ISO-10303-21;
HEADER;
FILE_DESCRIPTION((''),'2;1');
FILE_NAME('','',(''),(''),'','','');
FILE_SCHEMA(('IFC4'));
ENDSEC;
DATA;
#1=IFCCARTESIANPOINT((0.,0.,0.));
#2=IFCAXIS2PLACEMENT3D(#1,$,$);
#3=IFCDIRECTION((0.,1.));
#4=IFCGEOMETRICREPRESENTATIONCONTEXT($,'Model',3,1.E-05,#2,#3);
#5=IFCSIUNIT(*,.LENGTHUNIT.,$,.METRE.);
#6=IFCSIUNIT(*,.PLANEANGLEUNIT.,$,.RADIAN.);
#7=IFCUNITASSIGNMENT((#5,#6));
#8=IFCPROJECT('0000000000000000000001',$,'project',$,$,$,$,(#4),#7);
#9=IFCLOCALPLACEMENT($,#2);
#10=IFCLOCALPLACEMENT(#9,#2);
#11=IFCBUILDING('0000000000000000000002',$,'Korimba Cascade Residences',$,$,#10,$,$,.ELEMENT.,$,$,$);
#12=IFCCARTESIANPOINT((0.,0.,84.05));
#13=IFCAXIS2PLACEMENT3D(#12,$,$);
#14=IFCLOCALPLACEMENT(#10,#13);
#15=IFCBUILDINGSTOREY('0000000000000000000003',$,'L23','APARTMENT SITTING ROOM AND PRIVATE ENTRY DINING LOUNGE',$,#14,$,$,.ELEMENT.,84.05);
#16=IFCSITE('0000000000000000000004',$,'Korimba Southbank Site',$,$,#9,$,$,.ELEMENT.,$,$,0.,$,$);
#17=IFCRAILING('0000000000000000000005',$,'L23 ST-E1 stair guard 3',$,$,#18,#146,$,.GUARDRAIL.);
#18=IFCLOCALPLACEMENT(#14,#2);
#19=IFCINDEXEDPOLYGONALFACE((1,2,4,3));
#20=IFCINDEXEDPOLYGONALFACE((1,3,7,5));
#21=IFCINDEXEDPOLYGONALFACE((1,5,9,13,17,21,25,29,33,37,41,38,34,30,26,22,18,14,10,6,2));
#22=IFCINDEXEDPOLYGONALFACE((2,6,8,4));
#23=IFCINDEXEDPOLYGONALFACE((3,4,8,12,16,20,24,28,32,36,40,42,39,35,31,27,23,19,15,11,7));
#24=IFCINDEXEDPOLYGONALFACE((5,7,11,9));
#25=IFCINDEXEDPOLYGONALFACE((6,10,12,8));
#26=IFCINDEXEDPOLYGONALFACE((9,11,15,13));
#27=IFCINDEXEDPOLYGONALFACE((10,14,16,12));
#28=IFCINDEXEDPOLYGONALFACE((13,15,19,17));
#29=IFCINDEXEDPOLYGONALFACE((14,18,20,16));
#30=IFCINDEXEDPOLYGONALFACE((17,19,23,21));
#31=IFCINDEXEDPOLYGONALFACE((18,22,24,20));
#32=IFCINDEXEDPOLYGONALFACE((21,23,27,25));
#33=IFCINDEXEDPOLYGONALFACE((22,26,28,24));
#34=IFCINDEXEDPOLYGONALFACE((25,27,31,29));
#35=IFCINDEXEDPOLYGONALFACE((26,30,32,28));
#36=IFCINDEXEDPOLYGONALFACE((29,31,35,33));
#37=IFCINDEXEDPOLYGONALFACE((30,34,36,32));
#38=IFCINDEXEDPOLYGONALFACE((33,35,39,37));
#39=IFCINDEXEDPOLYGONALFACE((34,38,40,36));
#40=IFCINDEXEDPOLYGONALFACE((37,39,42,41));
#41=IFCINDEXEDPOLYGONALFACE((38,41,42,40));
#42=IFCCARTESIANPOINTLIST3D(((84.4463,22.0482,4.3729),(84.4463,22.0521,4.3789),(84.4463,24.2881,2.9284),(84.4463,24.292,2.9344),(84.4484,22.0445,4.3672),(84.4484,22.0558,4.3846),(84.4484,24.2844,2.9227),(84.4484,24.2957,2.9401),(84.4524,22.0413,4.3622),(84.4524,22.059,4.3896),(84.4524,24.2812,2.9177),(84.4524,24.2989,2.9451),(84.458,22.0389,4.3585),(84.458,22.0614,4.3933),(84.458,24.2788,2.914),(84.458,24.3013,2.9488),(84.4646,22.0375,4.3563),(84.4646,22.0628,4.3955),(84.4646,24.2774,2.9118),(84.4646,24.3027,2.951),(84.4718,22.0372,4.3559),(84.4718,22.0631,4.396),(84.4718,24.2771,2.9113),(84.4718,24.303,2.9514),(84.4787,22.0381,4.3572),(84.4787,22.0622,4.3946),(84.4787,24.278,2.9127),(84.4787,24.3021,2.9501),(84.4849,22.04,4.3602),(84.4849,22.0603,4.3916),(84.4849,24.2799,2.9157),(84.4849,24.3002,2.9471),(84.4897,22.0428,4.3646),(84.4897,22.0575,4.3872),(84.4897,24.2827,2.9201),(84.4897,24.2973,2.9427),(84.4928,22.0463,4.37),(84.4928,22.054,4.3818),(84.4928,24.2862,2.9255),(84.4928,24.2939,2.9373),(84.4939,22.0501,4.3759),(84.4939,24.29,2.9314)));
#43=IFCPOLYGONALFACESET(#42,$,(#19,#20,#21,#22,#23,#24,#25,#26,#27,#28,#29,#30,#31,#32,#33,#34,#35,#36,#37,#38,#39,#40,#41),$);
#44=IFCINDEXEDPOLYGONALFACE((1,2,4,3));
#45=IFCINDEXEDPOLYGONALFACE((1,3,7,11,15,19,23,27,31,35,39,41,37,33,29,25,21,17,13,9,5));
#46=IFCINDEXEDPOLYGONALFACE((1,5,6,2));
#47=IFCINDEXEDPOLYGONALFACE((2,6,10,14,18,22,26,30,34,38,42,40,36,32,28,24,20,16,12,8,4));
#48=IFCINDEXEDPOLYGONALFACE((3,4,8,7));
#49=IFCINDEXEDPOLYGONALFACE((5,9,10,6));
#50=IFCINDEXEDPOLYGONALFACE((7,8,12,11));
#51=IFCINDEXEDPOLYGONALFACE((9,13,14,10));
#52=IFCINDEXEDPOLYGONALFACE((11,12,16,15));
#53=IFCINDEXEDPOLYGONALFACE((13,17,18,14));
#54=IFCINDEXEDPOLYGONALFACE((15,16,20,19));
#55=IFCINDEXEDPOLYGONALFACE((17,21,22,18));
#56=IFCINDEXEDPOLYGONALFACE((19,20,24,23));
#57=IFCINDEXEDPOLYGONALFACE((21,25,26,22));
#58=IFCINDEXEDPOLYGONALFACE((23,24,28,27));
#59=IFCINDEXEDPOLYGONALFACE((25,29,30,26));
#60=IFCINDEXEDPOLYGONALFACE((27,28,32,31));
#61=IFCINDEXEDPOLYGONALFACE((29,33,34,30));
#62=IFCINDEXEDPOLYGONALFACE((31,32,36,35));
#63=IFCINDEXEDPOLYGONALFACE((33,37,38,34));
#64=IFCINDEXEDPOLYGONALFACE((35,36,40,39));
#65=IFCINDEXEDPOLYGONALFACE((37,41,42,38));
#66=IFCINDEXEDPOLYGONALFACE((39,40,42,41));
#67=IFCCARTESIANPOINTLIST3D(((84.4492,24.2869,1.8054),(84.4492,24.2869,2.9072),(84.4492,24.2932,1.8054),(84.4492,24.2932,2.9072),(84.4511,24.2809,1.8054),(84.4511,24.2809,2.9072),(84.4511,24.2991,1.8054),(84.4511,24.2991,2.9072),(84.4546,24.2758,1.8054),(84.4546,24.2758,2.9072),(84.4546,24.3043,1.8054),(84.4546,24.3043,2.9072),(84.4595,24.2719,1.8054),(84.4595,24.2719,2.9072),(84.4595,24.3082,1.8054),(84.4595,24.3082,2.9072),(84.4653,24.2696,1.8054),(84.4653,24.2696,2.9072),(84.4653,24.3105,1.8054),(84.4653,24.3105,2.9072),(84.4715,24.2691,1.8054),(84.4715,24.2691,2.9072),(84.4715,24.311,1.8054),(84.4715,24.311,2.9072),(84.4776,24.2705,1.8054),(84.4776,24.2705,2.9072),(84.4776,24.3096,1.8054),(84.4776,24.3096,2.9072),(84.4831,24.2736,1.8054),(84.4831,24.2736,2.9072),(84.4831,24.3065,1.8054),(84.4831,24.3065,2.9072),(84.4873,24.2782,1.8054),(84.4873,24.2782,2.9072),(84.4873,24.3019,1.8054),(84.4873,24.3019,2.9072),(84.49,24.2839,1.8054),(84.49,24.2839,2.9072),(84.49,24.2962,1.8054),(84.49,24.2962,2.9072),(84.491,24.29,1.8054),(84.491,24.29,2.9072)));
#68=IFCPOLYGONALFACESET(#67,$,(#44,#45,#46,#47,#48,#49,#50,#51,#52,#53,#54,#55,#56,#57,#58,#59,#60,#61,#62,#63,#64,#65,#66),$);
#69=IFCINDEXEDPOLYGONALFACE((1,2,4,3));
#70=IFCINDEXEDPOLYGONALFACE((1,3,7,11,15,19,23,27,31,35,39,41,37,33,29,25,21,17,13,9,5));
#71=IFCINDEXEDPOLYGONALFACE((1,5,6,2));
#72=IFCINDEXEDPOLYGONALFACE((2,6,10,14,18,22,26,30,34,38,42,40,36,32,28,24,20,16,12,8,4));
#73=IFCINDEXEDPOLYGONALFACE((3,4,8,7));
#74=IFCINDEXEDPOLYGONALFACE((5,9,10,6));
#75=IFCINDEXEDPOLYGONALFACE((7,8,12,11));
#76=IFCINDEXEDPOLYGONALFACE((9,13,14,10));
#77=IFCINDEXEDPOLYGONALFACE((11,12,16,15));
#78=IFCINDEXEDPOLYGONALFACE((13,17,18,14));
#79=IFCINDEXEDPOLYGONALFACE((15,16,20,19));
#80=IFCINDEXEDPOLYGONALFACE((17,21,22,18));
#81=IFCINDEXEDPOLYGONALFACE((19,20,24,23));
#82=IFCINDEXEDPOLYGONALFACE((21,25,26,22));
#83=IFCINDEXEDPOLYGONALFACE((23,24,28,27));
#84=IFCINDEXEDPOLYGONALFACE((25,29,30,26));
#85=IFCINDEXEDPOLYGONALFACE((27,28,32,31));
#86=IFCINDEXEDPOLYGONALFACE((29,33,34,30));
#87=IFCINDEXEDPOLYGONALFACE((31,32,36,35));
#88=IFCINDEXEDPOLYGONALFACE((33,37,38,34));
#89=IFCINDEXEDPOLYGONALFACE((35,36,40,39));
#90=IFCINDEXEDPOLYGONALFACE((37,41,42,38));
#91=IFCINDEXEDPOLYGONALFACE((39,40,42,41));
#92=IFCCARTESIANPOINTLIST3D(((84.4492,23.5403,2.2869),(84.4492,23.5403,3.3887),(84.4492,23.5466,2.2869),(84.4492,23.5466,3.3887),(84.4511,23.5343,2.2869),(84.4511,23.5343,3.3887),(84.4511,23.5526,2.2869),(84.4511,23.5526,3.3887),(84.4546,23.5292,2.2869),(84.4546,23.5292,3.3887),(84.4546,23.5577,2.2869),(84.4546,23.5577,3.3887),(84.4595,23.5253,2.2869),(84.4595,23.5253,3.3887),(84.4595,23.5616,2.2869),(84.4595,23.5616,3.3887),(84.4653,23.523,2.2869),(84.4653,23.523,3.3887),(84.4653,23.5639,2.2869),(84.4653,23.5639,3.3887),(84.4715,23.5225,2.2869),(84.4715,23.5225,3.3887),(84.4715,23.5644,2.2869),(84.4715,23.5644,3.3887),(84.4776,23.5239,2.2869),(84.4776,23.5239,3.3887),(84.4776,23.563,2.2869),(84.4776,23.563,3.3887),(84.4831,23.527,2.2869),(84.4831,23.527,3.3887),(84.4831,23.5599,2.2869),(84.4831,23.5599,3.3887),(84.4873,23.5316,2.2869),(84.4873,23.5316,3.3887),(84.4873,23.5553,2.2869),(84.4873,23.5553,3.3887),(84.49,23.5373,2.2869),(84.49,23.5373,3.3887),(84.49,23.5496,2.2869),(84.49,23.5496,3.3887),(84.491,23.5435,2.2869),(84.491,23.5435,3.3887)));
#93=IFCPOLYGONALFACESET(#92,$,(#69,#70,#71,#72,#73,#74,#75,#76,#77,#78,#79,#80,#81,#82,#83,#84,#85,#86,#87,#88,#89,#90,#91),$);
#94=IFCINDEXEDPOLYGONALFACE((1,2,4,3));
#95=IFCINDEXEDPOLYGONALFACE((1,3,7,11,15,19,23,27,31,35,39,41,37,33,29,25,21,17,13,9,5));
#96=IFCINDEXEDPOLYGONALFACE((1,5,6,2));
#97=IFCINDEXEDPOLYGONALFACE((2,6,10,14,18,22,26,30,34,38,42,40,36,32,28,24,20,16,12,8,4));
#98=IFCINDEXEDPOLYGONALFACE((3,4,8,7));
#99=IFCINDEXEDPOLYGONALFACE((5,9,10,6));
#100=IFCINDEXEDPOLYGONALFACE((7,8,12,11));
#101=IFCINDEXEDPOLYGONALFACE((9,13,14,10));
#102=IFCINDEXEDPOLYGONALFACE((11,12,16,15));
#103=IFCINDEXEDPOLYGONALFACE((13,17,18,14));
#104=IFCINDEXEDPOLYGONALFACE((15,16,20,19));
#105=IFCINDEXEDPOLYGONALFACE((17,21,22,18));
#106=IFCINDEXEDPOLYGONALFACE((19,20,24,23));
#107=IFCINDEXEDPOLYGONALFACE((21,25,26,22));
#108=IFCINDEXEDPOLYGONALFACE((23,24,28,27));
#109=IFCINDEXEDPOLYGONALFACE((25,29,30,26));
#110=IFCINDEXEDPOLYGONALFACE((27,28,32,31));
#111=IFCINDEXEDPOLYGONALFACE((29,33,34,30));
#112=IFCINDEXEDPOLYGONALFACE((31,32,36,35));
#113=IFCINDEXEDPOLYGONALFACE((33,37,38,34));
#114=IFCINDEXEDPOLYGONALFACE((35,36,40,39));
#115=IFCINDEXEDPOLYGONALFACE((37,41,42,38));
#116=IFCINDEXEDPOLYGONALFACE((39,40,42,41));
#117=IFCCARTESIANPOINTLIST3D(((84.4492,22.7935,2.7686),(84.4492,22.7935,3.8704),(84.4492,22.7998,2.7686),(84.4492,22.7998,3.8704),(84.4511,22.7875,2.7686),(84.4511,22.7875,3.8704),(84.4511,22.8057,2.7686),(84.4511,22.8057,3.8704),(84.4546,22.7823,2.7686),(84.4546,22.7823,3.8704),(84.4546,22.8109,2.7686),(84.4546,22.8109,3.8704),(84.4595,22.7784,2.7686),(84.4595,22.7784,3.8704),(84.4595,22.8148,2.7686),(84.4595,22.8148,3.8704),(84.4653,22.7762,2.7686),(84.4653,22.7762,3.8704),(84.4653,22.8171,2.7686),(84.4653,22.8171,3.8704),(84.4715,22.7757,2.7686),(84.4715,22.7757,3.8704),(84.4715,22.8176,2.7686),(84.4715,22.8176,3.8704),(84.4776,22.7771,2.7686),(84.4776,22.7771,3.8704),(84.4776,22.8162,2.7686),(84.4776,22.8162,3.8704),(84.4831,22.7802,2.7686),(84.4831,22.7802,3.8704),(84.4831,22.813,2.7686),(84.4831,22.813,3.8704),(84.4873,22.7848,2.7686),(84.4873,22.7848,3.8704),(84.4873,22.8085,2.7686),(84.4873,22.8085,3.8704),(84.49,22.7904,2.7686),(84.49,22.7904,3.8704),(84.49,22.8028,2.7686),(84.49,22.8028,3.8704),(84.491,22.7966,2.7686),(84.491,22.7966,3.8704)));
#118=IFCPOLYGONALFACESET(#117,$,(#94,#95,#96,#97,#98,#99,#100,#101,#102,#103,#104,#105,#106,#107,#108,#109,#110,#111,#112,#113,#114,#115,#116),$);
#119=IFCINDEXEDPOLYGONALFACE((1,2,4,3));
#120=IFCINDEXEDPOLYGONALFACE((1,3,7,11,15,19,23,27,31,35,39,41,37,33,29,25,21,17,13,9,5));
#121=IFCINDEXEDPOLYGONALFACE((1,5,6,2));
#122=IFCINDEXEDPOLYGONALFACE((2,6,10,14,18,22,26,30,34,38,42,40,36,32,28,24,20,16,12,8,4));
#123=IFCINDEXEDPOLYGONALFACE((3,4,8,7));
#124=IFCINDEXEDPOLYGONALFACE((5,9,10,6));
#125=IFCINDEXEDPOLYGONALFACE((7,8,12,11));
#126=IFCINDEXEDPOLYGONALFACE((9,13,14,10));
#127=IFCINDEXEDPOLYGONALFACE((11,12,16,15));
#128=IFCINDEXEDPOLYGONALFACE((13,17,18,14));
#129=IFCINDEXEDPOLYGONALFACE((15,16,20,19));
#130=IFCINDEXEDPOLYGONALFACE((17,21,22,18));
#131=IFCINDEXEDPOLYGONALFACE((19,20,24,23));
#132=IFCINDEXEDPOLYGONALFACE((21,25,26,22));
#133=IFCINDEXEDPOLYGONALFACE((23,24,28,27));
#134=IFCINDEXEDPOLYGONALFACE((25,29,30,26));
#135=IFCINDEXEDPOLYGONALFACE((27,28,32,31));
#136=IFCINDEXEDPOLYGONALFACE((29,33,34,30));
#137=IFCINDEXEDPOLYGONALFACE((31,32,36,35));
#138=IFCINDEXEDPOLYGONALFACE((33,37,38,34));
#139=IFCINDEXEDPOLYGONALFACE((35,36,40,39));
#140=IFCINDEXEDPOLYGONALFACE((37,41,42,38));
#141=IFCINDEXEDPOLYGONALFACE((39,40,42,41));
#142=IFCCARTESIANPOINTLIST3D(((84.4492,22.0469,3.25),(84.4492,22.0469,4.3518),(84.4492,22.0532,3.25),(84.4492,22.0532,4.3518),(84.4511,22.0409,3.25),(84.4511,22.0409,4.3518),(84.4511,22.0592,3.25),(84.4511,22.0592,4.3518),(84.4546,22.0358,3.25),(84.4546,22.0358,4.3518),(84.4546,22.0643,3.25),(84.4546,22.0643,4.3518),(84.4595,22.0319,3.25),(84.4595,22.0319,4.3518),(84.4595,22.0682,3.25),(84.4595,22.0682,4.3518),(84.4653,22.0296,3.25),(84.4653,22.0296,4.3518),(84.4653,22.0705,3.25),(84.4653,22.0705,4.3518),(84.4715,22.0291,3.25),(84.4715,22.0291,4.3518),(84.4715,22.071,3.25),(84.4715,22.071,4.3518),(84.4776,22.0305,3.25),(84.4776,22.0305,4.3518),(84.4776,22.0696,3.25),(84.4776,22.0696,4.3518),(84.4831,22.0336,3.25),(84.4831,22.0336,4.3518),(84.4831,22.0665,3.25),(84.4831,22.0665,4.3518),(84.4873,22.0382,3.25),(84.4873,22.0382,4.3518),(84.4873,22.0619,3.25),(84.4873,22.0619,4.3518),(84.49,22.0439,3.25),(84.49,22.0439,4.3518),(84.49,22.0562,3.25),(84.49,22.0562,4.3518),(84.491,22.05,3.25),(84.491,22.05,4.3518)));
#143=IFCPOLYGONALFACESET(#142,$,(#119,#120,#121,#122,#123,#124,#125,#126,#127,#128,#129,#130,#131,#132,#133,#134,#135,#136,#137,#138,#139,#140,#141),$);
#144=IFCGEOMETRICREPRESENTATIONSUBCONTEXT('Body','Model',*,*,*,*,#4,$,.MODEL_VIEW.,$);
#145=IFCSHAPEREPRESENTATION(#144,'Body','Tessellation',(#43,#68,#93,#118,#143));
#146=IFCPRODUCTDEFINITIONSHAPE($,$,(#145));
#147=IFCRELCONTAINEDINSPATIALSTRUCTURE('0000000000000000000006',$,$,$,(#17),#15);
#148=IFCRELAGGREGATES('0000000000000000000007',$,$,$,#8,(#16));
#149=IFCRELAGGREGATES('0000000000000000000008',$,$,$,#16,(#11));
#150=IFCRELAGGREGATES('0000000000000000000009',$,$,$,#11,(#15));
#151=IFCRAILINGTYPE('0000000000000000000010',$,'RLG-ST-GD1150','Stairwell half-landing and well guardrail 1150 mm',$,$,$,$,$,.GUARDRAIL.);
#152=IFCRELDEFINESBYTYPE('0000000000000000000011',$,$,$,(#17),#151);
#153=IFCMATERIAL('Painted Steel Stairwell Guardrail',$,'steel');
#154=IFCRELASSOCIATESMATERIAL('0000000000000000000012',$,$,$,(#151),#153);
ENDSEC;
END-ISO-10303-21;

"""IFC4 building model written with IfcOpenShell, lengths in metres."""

from ifc_helpers import new_model, si_unit, direction, frame, origin, origin_2d, place, context, subcontext, project, spatial, circle, extrude, material, type_object, element, save


model = new_model("IFC4")

# Units and contexts
model_context = context("Model", 3, precision=1e-05, world=origin(), true_north=direction((0.0, 1.0)))
body_context = subcontext(model_context, "Body", "Model", "MODEL_VIEW")
ifc_project = project(units=[si_unit("LENGTHUNIT", "METRE"), si_unit("PLANEANGLEUNIT", "RADIAN")], contexts=[model_context])

# Site, building, storey
site_placement = place(None, origin())
site = spatial("IfcSite", under=ifc_project, at=site_placement, Name="Korimba Southbank Site", CompositionType="ELEMENT", RefElevation=0.0)
building_placement = place(site_placement, origin())
building = spatial("IfcBuilding", under=site, at=building_placement, Name="Korimba Cascade Residences", CompositionType="ELEMENT")
storey_placement = place(building_placement, frame((0.0, 0.0, 84.05)))
storey = spatial("IfcBuildingStorey", under=building, at=storey_placement, Name="L23", Description="APARTMENT SITTING ROOM AND PRIVATE ENTRY DINING LOUNGE", CompositionType="ELEMENT", Elevation=84.05)

# Railing
ifc_material_1 = material(Name="Painted Steel Stairwell Guardrail", Category="steel")
railing_type_1 = type_object("IfcRailingType", Name="RLG-ST-GD1150", Description="Stairwell half-landing and well guardrail 1150 mm", PredefinedType="GUARDRAIL", material=ifc_material_1)
railing_1_placement = place(storey_placement, frame((84.47, 24.29, 1.8054)))
element("IfcRailing", 1, at=railing_1_placement, inside=storey, type_object=railing_type_1, Name="L23 ST-E1 stair guard 3", PredefinedType="GUARDRAIL", context=body_context, shape_type="SweptSolid", body=[
    extrude(circle(Radius=0.0239, at=origin_2d()), frame((0.0, 0.0, 1.126), z_axis=(0.0, -0.840395, 0.541975), x_axis=(1.0, 0.0, 0.0)), (0.0, 0.0, 1.0), 2.6653),
    extrude(circle(Radius=0.021, at=origin_2d()), origin(), (0.0, 0.0, 1.0), 1.1018),
    extrude(circle(Radius=0.021, at=origin_2d()), frame((0.0, -0.7466, 0.4814)), (0.0, 0.0, 1.0), 1.1018),
    extrude(circle(Radius=0.021, at=origin_2d()), frame((0.0, -1.4934, 0.9631)), (0.0, 0.0, 1.0), 1.1018),
    extrude(circle(Radius=0.021, at=origin_2d()), frame((0.0, -2.24, 1.4446)), (0.0, 0.0, 1.0), 1.1018),
])

save(model, "model.ifc")
